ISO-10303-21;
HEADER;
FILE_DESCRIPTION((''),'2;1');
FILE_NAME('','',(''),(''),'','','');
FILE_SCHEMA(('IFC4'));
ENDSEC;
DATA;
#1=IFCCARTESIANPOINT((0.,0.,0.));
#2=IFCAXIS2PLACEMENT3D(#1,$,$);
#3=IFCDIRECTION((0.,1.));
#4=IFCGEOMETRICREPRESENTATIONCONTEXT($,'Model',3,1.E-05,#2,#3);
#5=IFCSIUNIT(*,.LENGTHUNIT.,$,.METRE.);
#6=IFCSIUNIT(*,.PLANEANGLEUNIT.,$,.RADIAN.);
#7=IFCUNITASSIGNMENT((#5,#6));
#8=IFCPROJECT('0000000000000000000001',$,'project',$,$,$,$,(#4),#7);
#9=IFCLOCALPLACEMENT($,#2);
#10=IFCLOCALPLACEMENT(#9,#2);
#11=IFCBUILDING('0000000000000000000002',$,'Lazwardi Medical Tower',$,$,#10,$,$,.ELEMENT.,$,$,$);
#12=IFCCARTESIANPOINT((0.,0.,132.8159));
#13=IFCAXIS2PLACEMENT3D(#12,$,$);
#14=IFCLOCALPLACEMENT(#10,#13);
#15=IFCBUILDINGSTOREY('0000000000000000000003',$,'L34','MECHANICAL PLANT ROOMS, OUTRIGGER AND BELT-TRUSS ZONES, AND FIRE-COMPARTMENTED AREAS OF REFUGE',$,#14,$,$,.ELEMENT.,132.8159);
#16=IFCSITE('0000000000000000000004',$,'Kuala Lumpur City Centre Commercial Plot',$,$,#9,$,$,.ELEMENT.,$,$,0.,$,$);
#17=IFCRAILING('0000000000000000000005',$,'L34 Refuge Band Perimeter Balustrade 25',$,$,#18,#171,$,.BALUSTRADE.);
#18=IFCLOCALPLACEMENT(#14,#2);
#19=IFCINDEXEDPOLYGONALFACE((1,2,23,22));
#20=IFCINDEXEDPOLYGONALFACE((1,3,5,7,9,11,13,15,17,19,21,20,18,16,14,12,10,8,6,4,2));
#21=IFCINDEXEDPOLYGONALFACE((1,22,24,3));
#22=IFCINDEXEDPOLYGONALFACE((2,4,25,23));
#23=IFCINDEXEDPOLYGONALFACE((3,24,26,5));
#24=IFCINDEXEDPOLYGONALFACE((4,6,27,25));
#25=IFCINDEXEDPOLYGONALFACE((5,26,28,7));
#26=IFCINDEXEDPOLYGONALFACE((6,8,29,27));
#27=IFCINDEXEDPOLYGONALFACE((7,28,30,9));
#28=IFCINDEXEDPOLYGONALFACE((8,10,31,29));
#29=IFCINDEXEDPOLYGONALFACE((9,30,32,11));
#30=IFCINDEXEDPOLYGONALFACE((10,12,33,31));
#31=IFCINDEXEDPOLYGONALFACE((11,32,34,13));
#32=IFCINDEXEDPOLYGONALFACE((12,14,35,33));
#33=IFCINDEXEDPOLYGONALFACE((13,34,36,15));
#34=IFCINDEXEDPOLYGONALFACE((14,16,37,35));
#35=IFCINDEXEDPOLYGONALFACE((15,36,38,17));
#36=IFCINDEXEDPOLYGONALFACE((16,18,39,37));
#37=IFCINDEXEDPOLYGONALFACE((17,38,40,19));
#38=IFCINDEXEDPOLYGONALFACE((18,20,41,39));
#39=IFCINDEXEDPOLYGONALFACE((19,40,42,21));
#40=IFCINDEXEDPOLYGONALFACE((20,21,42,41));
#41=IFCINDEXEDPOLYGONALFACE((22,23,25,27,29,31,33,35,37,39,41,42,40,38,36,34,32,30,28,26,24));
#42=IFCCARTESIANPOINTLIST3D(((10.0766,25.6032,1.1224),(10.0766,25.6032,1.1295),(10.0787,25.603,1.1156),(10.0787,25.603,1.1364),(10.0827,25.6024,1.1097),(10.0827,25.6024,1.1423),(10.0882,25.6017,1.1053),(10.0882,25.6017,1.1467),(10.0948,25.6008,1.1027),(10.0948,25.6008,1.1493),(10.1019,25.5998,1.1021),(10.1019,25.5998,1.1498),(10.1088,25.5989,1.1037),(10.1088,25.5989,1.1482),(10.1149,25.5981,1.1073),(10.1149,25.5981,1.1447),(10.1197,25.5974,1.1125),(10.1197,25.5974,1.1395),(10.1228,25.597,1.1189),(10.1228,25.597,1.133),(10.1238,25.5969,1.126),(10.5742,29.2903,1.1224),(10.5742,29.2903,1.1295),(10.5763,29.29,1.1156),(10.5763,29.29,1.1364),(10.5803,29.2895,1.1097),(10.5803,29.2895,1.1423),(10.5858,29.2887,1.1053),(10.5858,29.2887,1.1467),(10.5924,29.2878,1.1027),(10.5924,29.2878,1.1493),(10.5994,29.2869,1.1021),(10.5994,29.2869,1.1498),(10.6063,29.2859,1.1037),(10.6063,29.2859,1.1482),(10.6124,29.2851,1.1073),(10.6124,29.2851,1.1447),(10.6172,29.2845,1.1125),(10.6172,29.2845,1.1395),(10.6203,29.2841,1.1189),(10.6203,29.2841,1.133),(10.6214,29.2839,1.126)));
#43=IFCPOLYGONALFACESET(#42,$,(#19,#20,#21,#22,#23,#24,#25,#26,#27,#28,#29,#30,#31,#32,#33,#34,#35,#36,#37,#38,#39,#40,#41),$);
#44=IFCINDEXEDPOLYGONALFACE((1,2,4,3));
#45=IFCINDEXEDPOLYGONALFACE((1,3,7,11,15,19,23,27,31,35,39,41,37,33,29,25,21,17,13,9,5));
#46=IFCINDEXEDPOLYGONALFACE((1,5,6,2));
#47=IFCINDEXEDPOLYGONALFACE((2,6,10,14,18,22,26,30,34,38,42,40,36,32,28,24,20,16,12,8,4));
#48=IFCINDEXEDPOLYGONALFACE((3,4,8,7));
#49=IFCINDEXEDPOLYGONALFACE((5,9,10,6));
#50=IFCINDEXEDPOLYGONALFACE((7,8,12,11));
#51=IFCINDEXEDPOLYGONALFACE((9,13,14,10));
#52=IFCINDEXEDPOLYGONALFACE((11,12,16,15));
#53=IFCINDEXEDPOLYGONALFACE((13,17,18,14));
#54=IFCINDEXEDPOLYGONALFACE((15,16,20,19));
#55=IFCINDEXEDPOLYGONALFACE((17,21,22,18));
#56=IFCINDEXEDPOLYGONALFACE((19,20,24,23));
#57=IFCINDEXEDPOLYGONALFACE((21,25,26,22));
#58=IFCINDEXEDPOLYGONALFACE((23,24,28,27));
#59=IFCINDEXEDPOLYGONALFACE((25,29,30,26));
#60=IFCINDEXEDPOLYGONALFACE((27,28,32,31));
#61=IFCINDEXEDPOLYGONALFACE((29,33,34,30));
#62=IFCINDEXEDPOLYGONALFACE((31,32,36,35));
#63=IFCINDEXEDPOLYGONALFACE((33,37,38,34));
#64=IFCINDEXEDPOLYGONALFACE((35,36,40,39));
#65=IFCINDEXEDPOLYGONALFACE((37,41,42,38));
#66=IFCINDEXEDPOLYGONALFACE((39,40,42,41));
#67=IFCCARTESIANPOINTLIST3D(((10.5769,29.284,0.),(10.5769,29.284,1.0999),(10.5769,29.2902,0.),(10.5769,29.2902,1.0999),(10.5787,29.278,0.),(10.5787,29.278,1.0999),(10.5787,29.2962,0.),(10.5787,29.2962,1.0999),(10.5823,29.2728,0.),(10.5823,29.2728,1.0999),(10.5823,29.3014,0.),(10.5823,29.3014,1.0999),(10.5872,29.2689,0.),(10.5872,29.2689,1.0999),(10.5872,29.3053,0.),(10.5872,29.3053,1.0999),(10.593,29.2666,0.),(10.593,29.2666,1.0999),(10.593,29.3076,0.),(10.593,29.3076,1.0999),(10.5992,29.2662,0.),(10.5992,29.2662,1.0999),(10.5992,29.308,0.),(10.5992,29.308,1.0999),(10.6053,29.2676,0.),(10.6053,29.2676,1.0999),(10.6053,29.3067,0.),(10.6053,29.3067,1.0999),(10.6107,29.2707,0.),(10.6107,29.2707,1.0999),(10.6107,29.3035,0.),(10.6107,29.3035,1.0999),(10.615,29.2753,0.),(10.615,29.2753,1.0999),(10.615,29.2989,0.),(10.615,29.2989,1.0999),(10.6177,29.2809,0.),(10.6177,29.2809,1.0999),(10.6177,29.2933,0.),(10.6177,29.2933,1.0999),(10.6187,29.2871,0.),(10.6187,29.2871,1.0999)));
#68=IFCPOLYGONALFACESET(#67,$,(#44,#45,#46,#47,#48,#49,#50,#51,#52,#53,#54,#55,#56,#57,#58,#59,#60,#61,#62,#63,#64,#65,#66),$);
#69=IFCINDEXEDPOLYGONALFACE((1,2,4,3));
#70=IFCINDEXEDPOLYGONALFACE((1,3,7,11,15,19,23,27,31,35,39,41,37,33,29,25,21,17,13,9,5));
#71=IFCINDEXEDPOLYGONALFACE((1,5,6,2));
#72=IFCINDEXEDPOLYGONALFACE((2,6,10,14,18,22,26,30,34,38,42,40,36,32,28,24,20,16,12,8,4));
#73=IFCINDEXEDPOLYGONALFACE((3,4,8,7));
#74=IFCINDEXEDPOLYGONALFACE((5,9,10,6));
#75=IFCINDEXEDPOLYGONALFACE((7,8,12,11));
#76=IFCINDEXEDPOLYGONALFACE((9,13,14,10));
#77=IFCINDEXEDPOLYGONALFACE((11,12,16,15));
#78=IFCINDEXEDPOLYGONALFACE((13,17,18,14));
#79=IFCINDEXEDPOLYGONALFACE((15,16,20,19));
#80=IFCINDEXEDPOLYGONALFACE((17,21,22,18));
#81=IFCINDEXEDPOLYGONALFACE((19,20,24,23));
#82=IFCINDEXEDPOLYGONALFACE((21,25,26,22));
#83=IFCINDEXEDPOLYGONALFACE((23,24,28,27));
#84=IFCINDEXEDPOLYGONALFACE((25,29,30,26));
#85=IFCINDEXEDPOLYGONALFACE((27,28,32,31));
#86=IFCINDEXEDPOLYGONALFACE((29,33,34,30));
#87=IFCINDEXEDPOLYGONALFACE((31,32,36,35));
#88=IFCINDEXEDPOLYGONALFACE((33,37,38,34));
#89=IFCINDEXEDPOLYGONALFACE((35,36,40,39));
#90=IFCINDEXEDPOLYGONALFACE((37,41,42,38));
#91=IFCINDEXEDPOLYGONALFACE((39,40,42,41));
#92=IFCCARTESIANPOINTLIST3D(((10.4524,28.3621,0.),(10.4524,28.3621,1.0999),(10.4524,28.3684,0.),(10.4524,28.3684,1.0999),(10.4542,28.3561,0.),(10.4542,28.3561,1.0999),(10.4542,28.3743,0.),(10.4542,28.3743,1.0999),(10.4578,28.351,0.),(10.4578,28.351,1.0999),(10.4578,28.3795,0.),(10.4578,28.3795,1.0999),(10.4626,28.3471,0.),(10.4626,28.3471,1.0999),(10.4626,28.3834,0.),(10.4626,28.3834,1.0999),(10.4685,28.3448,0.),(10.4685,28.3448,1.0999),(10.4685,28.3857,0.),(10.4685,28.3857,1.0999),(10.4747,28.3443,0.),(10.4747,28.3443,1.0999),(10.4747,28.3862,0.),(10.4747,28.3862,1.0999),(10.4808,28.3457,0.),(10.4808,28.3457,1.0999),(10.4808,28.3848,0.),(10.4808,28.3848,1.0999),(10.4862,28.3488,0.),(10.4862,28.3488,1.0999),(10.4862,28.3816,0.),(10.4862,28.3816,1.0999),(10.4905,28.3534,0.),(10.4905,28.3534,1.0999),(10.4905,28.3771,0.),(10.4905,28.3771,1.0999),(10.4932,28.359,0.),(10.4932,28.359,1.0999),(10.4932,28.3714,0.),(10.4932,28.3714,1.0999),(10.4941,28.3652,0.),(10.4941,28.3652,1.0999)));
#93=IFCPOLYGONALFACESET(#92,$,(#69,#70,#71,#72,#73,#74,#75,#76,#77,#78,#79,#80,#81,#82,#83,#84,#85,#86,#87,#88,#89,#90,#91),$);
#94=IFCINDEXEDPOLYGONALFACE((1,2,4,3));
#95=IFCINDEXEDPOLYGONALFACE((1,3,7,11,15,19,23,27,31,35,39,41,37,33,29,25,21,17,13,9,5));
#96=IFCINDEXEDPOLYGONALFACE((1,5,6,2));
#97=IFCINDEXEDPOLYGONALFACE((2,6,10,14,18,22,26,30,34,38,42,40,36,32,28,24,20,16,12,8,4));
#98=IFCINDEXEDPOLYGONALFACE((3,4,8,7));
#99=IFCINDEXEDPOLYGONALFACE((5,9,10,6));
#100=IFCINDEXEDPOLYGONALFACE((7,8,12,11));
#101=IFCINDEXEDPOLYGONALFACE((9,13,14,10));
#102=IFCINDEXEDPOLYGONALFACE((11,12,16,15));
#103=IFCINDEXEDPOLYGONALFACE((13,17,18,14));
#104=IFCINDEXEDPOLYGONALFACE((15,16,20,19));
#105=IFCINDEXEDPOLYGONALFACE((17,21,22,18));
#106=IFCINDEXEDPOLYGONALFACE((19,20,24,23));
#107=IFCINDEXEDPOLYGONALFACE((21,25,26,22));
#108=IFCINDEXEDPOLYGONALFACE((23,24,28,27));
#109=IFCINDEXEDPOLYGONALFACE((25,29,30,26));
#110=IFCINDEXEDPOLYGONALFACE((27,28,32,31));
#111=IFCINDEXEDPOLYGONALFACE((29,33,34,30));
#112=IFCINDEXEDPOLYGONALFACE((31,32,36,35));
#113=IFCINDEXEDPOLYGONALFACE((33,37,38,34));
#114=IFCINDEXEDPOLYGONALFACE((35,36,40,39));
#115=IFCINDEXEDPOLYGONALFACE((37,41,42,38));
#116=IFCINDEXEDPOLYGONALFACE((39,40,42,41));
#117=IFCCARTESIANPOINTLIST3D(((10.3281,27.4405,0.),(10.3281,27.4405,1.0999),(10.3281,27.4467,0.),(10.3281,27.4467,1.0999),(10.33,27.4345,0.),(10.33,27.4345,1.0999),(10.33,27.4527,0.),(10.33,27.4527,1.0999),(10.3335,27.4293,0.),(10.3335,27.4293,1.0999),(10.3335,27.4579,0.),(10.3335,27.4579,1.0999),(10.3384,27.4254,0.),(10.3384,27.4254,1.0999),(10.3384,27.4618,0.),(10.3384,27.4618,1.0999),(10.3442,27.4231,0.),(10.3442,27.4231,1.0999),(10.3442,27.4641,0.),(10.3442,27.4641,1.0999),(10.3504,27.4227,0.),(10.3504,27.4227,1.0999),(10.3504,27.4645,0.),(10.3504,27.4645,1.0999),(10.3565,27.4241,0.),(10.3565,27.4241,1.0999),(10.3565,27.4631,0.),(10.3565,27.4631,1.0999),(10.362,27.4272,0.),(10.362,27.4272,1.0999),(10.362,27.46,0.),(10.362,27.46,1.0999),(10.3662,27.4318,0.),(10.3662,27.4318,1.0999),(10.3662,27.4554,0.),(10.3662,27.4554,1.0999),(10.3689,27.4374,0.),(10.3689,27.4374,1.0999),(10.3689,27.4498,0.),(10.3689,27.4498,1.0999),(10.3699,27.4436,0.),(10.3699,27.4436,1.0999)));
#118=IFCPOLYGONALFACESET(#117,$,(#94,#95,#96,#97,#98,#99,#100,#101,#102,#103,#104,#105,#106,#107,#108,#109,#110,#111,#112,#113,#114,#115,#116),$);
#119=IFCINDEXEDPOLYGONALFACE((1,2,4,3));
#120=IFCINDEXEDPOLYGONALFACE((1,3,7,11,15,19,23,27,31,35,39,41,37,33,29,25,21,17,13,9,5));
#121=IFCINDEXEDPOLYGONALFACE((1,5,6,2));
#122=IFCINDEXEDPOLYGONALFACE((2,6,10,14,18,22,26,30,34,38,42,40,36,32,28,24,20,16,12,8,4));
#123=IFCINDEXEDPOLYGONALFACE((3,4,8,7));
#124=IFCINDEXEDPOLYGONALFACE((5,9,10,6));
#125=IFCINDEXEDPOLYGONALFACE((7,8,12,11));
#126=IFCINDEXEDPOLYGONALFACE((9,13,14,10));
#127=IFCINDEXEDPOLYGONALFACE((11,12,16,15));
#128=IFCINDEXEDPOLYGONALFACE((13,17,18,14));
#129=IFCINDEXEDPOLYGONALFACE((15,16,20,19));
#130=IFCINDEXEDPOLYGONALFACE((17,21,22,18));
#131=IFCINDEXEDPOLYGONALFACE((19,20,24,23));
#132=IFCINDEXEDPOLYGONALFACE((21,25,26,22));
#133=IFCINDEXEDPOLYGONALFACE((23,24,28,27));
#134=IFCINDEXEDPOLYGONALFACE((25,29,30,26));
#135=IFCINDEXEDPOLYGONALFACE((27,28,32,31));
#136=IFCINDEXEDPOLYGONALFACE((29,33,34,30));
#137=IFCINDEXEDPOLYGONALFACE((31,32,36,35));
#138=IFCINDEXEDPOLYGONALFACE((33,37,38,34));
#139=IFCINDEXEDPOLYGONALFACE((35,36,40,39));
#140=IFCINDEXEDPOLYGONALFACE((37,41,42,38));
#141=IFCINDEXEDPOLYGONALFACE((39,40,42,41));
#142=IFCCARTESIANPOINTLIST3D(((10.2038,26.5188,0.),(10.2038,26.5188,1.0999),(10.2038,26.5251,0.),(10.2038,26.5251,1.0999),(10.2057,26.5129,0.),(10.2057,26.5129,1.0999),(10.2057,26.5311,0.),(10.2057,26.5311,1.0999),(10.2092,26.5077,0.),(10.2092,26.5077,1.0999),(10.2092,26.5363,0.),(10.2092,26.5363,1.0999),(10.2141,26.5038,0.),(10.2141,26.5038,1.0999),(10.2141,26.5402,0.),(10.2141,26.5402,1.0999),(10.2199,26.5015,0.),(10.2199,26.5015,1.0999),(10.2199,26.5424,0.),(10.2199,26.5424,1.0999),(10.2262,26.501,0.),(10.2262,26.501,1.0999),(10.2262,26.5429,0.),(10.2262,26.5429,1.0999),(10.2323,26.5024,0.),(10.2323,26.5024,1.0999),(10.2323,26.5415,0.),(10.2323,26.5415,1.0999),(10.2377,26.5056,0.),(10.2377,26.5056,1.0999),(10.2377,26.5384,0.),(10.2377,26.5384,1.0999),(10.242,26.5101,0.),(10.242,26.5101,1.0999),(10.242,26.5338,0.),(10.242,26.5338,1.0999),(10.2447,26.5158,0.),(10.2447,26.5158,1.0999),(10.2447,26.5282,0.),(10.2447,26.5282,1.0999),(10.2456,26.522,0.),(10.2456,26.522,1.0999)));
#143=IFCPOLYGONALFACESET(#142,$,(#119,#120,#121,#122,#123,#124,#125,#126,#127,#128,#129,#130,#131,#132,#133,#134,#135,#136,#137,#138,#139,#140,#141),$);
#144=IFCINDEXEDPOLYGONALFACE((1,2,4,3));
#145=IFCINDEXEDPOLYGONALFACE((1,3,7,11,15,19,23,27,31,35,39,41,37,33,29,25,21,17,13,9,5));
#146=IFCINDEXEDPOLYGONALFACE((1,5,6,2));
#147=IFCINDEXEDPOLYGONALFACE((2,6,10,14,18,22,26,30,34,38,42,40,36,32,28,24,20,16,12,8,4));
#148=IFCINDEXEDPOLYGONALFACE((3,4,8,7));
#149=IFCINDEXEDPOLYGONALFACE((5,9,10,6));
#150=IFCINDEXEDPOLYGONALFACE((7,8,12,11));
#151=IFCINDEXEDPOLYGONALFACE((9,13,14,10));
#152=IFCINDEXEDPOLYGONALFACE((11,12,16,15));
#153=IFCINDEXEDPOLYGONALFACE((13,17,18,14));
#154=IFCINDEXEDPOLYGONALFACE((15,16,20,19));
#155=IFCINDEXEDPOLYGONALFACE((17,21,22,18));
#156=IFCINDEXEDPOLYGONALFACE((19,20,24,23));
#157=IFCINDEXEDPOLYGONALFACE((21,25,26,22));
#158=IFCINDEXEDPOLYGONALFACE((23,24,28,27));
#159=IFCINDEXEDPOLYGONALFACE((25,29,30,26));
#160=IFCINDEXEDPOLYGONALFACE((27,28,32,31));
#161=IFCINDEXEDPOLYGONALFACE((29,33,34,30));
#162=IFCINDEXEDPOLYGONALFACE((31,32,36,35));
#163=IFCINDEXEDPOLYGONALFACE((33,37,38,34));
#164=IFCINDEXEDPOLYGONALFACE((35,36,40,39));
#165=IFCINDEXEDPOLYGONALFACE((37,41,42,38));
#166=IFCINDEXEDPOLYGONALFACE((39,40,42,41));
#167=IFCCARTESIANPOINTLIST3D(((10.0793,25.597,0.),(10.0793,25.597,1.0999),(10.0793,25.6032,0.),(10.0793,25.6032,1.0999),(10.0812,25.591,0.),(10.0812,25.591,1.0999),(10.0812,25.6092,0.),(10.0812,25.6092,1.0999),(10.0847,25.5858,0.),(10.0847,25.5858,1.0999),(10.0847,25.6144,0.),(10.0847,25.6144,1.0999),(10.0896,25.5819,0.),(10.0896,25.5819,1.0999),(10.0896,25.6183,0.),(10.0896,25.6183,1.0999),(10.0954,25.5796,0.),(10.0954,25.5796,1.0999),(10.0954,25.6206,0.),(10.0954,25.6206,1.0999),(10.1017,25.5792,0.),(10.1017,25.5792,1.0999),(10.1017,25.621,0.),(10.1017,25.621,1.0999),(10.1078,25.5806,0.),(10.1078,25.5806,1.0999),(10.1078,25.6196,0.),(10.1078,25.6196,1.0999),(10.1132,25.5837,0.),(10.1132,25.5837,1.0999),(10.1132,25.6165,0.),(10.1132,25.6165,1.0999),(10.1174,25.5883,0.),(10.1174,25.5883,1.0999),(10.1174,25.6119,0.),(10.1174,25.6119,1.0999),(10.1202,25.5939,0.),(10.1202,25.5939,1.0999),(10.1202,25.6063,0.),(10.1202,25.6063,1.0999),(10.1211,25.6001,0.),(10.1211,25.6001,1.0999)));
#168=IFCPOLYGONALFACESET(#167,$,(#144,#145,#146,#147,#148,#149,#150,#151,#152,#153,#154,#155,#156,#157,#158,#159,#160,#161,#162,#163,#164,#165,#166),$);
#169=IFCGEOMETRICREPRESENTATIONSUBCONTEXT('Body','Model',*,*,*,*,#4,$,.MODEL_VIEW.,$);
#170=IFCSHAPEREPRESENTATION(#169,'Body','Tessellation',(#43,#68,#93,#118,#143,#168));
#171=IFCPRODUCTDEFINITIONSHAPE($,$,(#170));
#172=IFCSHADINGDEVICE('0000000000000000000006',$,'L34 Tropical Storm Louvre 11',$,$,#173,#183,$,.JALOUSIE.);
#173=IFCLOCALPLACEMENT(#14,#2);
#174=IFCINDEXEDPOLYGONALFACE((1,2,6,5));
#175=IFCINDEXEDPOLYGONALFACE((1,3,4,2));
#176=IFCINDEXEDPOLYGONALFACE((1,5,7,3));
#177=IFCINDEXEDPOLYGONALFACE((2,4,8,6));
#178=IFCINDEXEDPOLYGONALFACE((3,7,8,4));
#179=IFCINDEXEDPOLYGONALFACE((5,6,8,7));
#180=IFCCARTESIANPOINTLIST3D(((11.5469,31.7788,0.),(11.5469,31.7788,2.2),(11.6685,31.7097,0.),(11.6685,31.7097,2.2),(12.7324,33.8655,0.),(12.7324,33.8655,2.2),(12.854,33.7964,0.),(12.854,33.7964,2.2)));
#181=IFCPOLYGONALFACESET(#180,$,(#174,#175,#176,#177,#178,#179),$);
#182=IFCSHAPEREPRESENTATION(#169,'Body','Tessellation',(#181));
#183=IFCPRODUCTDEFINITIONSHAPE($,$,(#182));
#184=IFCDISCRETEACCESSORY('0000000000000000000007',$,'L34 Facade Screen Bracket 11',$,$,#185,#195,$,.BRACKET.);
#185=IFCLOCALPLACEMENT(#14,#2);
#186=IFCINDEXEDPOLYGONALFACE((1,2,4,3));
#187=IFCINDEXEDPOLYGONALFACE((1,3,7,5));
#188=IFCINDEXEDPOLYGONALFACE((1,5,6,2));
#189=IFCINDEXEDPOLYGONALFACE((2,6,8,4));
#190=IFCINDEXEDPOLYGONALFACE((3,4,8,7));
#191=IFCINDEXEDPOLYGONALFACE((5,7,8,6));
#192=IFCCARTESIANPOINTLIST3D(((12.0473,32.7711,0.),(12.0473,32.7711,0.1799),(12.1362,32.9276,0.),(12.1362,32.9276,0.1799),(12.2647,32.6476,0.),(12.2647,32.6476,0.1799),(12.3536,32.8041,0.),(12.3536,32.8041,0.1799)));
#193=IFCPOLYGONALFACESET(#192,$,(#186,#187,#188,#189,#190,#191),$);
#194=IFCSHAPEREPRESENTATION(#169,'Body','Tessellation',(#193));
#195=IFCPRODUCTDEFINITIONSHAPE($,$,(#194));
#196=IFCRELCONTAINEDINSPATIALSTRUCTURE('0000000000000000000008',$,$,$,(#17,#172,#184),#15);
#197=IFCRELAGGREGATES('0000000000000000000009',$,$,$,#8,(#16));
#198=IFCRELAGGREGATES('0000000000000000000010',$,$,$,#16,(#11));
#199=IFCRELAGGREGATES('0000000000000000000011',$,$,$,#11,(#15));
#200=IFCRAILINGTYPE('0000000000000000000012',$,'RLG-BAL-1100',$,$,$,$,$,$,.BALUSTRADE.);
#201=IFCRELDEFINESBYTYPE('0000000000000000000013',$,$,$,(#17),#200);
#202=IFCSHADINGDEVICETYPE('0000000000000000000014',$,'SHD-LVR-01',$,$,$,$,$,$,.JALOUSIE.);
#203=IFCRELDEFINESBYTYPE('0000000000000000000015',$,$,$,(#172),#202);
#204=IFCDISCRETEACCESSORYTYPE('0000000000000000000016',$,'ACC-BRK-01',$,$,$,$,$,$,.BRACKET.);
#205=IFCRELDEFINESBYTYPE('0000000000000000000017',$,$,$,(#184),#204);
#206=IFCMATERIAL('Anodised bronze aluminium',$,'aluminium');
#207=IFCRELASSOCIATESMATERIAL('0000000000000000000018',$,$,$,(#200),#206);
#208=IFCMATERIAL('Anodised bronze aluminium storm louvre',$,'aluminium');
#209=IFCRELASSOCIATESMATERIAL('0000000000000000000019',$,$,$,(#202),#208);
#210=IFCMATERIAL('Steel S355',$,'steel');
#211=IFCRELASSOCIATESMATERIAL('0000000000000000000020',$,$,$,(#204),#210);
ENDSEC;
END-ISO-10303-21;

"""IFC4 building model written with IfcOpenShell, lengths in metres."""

from ifc_helpers import new_model, si_unit, direction, frame, origin, origin_2d, place, context, subcontext, project, spatial, rectangle, circle, extrude, material, type_object, element, save


model = new_model("IFC4")

# Units and contexts
model_context = context("Model", 3, precision=1e-05, world=origin(), true_north=direction((0.0, 1.0)))
body_context = subcontext(model_context, "Body", "Model", "MODEL_VIEW")
ifc_project = project(units=[si_unit("LENGTHUNIT", "METRE"), si_unit("PLANEANGLEUNIT", "RADIAN")], contexts=[model_context])

# Site, building, storey
site_placement = place(None, origin())
site = spatial("IfcSite", under=ifc_project, at=site_placement, Name="Kuala Lumpur City Centre Commercial Plot", CompositionType="ELEMENT", RefElevation=0.0)
building_placement = place(site_placement, origin())
building = spatial("IfcBuilding", under=site, at=building_placement, Name="Lazwardi Medical Tower", CompositionType="ELEMENT")
storey_placement = place(building_placement, frame((0.0, 0.0, 132.8159)))
storey = spatial("IfcBuildingStorey", under=building, at=storey_placement, Name="L34", Description="MECHANICAL PLANT ROOMS, OUTRIGGER AND BELT-TRUSS ZONES, AND FIRE-COMPARTMENTED AREAS OF REFUGE", CompositionType="ELEMENT", Elevation=132.8159)

# Shared definitions
ifc_material_1 = material(Name="Steel S355", Category="steel")

# Railing
ifc_material_2 = material(Name="Anodised bronze aluminium", Category="aluminium")
railing_type = type_object("IfcRailingType", Name="RLG-BAL-1100", PredefinedType="BALUSTRADE", material=ifc_material_2)
railing_1_placement = place(storey_placement, frame((10.5977, 29.2871, 0.0)))
element("IfcRailing", 1, at=railing_1_placement, inside=storey, type_object=railing_type, Name="L34 Refuge Band Perimeter Balustrade 25", PredefinedType="BALUSTRADE", context=body_context, shape_type="SweptSolid", body=[
    extrude(circle(Radius=0.0239, at=origin_2d()), frame((0.0, 0.0, 1.126), z_axis=(-0.133737, -0.991017, 0.0), x_axis=(0.991017, -0.133737, 0.0)), (0.0, 0.0, 1.0), 3.7205),
    extrude(circle(Radius=0.021, at=origin_2d()), origin(), (0.0, 0.0, 1.0), 1.0999),
    extrude(circle(Radius=0.021, at=origin_2d()), frame((-0.1245, -0.9219, 0.0)), (0.0, 0.0, 1.0), 1.0999),
    extrude(circle(Radius=0.021, at=origin_2d()), frame((-0.2488, -1.8435, 0.0)), (0.0, 0.0, 1.0), 1.0999),
    extrude(circle(Radius=0.021, at=origin_2d()), frame((-0.373, -2.7651, 0.0)), (0.0, 0.0, 1.0), 1.0999),
    extrude(circle(Radius=0.021, at=origin_2d()), frame((-0.4976, -3.687, 0.0)), (0.0, 0.0, 1.0), 1.0999),
])

# Shading device
ifc_material_3 = material(Name="Anodised bronze aluminium storm louvre", Category="aluminium")
shading_device_type = type_object("IfcShadingDeviceType", Name="SHD-LVR-01", PredefinedType="JALOUSIE", material=ifc_material_3)
shading_device_placement = place(storey_placement, frame((12.2004, 32.7876, 0.0), z_axis=(0.0, 0.0, 1.0), x_axis=(-0.493968, -0.86948, 0.0)))
element("IfcShadingDevice", 2, at=shading_device_placement, inside=storey, type_object=shading_device_type, Name="L34 Tropical Storm Louvre 11", PredefinedType="JALOUSIE", context=body_context, shape_type="SweptSolid", body=[
    extrude(rectangle(XDim=2.3999, YDim=0.1399, at=origin_2d()), origin(), (0.0, 0.0, 1.0), 2.2),
])

# Discrete accessory
discrete_accessory_type = type_object("IfcDiscreteAccessoryType", Name="ACC-BRK-01", PredefinedType="BRACKET", material=ifc_material_1)
discrete_accessory_placement = place(storey_placement, frame((12.2004, 32.7876, 0.0), z_axis=(0.0, 0.0, 1.0), x_axis=(-0.493968, -0.86948, 0.0)))
element("IfcDiscreteAccessory", 3, at=discrete_accessory_placement, inside=storey, type_object=discrete_accessory_type, Name="L34 Facade Screen Bracket 11", PredefinedType="BRACKET", context=body_context, shape_type="SweptSolid", body=[
    extrude(rectangle(XDim=0.1799, YDim=0.25, at=origin_2d()), origin(), (0.0, 0.0, 1.0), 0.1799),
])

save(model, "model.ifc")
